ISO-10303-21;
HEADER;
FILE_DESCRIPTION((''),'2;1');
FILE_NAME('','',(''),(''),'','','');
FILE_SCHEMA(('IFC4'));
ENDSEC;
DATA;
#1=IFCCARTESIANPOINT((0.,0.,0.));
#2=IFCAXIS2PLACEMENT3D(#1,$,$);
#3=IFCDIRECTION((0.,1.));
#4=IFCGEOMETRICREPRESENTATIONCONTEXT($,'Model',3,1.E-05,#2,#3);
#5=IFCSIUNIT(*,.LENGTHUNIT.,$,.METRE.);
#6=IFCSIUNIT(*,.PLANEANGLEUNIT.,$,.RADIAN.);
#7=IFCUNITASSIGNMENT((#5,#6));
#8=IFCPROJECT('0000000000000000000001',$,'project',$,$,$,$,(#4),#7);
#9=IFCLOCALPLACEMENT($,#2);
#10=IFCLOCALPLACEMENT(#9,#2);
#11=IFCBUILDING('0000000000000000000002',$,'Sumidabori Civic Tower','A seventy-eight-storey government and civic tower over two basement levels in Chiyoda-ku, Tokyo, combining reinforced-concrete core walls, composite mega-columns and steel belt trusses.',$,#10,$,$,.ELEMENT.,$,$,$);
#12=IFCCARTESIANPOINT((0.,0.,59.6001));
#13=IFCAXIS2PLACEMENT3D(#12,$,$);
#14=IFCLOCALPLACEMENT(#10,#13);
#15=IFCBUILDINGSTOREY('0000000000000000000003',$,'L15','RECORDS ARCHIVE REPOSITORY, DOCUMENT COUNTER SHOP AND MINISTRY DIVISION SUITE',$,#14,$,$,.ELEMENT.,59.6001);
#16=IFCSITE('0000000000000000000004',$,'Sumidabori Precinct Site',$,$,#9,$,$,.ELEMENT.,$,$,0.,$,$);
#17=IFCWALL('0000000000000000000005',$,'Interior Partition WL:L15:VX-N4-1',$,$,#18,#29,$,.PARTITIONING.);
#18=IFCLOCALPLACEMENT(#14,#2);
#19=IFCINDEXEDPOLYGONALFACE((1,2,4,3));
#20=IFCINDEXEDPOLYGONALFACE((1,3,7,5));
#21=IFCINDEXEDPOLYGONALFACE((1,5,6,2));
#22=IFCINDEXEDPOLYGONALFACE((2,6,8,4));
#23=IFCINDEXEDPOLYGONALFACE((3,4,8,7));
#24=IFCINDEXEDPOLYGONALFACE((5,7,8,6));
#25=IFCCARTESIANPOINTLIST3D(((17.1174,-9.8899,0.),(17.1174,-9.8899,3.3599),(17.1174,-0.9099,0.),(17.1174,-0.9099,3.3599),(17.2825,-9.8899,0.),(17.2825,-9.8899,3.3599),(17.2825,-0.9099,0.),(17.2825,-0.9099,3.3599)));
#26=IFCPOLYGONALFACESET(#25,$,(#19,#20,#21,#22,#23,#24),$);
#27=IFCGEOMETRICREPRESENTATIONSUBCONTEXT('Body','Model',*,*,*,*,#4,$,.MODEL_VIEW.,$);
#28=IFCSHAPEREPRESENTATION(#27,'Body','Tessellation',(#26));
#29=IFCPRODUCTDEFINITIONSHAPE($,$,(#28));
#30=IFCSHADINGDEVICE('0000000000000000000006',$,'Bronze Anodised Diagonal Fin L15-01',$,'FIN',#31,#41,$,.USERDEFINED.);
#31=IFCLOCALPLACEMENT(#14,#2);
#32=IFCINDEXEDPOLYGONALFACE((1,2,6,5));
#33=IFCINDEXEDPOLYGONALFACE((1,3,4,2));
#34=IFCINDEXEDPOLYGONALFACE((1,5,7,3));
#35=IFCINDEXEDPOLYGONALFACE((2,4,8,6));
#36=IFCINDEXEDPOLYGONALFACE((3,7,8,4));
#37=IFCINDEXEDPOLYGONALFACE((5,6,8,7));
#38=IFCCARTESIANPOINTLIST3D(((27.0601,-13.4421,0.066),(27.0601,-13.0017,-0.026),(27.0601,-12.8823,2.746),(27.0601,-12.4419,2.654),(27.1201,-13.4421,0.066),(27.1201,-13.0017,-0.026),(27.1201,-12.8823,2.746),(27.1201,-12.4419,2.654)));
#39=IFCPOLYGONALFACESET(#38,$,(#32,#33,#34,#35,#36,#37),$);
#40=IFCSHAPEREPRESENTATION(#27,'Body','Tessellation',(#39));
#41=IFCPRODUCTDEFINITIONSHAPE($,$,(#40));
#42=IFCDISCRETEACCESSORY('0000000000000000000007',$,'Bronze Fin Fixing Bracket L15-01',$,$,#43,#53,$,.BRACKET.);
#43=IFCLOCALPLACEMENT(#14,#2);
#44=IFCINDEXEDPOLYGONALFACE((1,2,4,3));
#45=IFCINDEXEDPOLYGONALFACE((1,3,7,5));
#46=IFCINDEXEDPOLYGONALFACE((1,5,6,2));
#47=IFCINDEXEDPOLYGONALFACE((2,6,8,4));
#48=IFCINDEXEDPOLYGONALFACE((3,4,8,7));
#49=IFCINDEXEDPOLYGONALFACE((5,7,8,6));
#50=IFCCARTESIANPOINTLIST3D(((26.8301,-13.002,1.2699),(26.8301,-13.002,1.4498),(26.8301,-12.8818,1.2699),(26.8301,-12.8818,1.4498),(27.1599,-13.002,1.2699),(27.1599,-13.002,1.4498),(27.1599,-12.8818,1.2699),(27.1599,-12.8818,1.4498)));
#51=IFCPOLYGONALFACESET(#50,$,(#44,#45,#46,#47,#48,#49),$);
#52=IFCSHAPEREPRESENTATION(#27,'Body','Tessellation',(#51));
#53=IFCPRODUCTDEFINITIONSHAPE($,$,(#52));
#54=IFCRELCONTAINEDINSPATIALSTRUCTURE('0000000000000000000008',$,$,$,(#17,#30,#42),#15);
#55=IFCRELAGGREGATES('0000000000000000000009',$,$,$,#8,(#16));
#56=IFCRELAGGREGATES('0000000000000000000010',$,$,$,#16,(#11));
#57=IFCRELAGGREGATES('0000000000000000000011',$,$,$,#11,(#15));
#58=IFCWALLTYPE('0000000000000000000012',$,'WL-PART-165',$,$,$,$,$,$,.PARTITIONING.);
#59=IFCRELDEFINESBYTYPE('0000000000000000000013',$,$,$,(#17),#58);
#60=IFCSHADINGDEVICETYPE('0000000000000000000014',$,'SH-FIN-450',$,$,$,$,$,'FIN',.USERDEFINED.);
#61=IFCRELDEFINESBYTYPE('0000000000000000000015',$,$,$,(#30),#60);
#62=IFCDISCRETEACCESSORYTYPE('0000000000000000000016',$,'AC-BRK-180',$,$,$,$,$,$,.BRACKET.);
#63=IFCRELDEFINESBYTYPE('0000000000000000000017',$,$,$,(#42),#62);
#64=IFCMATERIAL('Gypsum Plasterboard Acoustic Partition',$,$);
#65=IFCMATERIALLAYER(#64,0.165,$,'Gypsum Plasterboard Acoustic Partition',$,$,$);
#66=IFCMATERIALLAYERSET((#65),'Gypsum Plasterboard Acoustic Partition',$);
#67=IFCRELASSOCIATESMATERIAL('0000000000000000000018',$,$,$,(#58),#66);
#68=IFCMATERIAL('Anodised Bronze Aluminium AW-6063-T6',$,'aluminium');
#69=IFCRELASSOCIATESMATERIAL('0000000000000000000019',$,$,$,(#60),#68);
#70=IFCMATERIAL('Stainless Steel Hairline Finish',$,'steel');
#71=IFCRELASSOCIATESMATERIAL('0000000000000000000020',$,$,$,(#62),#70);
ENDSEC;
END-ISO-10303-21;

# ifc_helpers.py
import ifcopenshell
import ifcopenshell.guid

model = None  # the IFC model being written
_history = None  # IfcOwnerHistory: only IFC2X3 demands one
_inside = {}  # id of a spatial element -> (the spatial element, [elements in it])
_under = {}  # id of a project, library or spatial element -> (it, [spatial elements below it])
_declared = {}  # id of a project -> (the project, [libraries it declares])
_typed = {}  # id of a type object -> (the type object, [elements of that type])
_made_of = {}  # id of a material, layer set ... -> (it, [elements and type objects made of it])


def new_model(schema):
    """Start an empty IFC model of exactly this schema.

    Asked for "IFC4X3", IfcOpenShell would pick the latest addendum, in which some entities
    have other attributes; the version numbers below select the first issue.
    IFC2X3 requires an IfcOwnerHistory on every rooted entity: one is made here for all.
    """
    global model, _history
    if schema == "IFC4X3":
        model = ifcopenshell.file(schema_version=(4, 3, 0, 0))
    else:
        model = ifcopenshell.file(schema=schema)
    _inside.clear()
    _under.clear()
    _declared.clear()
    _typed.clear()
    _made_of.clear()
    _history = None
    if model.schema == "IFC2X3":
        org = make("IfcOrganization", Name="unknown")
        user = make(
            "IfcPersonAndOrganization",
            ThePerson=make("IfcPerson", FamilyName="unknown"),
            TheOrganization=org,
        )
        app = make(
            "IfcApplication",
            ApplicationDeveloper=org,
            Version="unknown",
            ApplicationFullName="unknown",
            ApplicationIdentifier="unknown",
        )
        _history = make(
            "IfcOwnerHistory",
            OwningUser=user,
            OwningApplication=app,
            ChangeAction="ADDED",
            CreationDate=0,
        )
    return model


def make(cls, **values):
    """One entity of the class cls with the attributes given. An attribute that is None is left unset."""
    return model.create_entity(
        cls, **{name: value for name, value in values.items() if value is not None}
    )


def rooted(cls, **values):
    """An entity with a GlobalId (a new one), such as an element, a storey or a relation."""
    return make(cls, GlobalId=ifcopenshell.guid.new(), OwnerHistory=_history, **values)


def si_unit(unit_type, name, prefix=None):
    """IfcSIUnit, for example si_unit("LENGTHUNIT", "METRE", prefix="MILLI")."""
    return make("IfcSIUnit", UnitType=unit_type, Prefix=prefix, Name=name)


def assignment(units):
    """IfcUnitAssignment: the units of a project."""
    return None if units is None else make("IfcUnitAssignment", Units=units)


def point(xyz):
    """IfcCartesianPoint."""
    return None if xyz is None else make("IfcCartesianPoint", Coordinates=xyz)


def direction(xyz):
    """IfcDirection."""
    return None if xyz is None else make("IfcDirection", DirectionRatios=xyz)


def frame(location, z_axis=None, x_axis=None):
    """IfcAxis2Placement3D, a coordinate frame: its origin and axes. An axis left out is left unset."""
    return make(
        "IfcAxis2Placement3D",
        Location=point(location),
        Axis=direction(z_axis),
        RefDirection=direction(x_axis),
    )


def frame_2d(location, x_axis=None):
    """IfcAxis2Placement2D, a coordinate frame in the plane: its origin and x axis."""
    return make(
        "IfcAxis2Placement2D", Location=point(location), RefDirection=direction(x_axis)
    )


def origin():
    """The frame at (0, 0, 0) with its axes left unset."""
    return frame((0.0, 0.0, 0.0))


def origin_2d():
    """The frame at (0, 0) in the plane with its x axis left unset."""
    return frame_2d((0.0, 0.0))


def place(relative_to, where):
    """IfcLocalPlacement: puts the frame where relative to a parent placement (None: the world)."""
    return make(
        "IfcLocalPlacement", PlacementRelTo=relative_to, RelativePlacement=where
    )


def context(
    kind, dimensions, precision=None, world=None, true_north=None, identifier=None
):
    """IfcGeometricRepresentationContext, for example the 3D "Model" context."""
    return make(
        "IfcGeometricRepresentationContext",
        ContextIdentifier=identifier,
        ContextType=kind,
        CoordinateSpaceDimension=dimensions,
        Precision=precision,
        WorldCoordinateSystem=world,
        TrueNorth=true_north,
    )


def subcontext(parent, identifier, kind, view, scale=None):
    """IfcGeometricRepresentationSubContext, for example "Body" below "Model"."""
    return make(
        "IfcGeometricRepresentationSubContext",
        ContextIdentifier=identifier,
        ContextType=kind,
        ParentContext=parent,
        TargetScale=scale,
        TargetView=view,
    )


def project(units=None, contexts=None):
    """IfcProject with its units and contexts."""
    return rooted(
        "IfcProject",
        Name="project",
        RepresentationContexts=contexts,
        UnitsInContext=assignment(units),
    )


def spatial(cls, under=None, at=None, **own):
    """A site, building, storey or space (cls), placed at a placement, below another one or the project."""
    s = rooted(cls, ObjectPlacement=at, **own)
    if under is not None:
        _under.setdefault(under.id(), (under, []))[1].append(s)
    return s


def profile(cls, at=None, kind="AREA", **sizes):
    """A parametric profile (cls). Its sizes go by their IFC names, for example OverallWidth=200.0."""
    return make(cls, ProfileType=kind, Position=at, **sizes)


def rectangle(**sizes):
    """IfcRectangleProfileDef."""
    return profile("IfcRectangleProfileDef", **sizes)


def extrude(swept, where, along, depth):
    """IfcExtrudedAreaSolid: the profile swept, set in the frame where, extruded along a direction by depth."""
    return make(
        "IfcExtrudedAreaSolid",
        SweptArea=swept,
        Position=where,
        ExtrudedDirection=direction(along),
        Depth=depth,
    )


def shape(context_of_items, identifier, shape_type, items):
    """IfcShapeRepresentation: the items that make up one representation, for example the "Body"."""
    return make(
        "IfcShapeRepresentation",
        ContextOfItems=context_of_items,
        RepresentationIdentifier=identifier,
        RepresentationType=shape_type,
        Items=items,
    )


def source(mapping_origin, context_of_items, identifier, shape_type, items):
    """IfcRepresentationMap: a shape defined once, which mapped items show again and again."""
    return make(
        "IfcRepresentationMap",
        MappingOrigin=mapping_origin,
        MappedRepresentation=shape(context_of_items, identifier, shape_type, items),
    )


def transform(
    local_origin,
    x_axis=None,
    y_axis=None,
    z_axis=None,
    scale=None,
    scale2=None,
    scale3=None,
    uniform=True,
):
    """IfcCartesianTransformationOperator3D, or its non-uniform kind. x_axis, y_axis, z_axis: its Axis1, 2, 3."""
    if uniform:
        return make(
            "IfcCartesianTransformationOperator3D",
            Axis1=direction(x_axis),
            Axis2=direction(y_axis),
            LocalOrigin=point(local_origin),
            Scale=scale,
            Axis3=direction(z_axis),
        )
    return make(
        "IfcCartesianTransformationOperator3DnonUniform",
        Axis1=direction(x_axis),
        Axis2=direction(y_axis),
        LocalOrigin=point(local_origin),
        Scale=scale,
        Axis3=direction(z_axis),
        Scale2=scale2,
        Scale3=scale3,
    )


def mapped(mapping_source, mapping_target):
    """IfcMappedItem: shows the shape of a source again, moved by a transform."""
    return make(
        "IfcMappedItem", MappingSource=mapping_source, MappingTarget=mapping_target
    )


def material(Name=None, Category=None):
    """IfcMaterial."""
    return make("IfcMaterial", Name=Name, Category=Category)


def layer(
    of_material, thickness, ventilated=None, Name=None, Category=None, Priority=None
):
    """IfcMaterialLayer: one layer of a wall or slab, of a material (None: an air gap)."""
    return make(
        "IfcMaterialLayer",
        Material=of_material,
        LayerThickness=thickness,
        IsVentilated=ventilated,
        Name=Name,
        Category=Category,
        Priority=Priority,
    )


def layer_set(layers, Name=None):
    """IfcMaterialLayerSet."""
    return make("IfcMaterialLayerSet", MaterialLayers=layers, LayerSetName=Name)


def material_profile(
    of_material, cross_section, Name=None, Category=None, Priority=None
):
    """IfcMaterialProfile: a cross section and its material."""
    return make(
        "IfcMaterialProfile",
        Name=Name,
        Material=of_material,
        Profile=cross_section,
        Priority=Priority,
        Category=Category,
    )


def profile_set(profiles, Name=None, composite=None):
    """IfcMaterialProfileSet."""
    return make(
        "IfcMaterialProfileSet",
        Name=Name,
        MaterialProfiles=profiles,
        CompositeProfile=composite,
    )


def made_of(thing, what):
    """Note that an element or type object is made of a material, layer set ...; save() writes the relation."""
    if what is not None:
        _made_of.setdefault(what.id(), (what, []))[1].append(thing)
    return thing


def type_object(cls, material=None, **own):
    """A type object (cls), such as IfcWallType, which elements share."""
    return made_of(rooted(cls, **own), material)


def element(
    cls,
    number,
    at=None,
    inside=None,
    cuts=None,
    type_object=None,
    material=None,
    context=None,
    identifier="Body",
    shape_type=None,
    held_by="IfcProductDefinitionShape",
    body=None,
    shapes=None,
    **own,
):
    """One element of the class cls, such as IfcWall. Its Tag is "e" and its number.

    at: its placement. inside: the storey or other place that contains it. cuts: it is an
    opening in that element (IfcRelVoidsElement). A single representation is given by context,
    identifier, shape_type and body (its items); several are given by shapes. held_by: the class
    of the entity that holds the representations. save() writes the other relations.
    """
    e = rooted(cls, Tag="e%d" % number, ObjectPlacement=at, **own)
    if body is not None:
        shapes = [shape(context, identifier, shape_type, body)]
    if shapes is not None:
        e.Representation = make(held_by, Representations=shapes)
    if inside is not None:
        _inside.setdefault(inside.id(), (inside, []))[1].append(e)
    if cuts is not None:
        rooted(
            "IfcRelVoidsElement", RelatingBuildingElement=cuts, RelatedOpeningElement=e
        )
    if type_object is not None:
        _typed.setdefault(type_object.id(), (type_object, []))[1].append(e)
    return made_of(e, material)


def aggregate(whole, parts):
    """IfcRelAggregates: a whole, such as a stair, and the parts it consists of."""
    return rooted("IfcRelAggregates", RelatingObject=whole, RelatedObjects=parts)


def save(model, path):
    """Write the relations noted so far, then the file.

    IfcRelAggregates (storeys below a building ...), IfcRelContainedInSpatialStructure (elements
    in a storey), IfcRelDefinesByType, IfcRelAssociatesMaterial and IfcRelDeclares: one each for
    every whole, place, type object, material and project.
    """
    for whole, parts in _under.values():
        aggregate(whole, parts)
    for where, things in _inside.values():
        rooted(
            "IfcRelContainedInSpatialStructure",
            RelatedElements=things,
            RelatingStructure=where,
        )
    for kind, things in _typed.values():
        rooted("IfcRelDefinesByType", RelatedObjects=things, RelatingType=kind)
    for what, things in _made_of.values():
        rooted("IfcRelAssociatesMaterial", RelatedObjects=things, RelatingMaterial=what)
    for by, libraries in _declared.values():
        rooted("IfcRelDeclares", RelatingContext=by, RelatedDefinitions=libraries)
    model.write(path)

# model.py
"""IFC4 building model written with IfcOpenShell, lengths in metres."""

from ifc_helpers import new_model, si_unit, direction, frame, frame_2d, origin, origin_2d, place, context, subcontext, project, spatial, rectangle, extrude, source, transform, mapped, material, layer, layer_set, material_profile, profile_set, type_object, element, save


model = new_model("IFC4")

# Units and contexts
model_context = context("Model", 3, precision=1e-05, world=origin(), true_north=direction((0.0, 1.0)))
body_context = subcontext(model_context, "Body", "Model", "MODEL_VIEW")
ifc_project = project(units=[si_unit("LENGTHUNIT", "METRE"), si_unit("PLANEANGLEUNIT", "RADIAN")], contexts=[model_context])

# Site, building, storey
site_placement = place(None, origin())
site = spatial("IfcSite", under=ifc_project, at=site_placement, Name="Sumidabori Precinct Site", CompositionType="ELEMENT", RefElevation=0.0)
building_placement = place(site_placement, origin())
building = spatial("IfcBuilding", under=site, at=building_placement, Name="Sumidabori Civic Tower", Description="A seventy-eight-storey government and civic tower over two basement levels in Chiyoda-ku, Tokyo, combining reinforced-concrete core walls, composite mega-columns and steel belt trusses.", CompositionType="ELEMENT")
storey_placement = place(building_placement, frame((0.0, 0.0, 59.6001)))
storey = spatial("IfcBuildingStorey", under=building, at=storey_placement, Name="L15", Description="RECORDS ARCHIVE REPOSITORY, DOCUMENT COUNTER SHOP AND MINISTRY DIVISION SUITE", CompositionType="ELEMENT", Elevation=59.6001)

# Shared definitions
ifc_material_1 = material(Name="Anodised Bronze Aluminium AW-6063-T6", Category="aluminium")

# Shared definitions
ifc_material_2 = material(Name="Gypsum Plasterboard Acoustic Partition")
ifc_layer_1 = layer(ifc_material_2, 0.165, Name="Gypsum Plasterboard Acoustic Partition")
ifc_layer_set_1 = layer_set([ifc_layer_1], Name="Gypsum Plasterboard Acoustic Partition")
wall_type = type_object("IfcWallType", Name="WL-PART-165", PredefinedType="PARTITIONING", material=ifc_layer_set_1)

# Wall
shared_shape_1 = source(origin(), body_context, "Body", "SweptSolid", [
    extrude(rectangle(XDim=8.98, YDim=0.165, at=frame_2d((4.49, 0.0))), origin(), (0.0, 0.0, 1.0), 3.3599),
])
wall_1_placement = place(storey_placement, frame((17.2, -9.8899, 0.0), z_axis=(0.0, 0.0, 1.0), x_axis=(0.0, 1.0, 0.0)))
element("IfcWall", 1, at=wall_1_placement, inside=storey, type_object=wall_type, Name="Interior Partition WL:L15:VX-N4-1", PredefinedType="PARTITIONING", context=body_context, shape_type="MappedRepresentation", body=[
    mapped(shared_shape_1, transform((0.0, 0.0, 0.0), x_axis=(1.0, 0.0, 0.0), y_axis=(0.0, 1.0, 0.0), z_axis=(0.0, 0.0, 1.0), scale=1.0)),
])

# Shading device
ifc_material_profile_1 = material_profile(ifc_material_1, rectangle(XDim=0.0601, YDim=0.45, at=origin_2d()), Name="BRONZE FIN 450x60")
ifc_profile_set_1 = profile_set([ifc_material_profile_1], Name="Anodised Bronze Aluminium AW-6063-T6")
shading_device_type = type_object("IfcShadingDeviceType", Name="SH-FIN-450", ElementType="FIN", PredefinedType="USERDEFINED", material=ifc_profile_set_1)
shared_shape_2 = source(origin(), body_context, "Body", "SweptSolid", [
    extrude(rectangle(XDim=0.0601, YDim=0.45, at=origin_2d()), origin(), (0.0, 0.0, 1.0), 2.7378),
])
shading_device_placement = place(storey_placement, frame((27.0901, -13.2219, 0.02), z_axis=(0.0, 0.204478, 0.978871), x_axis=(-1.0, 0.0, 0.0)))
element("IfcShadingDevice", 2, at=shading_device_placement, inside=storey, type_object=shading_device_type, Name="Bronze Anodised Diagonal Fin L15-01", ObjectType="FIN", PredefinedType="USERDEFINED", context=body_context, shape_type="MappedRepresentation", body=[
    mapped(shared_shape_2, transform((0.0, 0.0, 0.0), x_axis=(1.0, 0.0, 0.0), y_axis=(0.0, 1.0, 0.0), z_axis=(0.0, 0.0, 1.0), scale=1.0)),
])

# Discrete accessory
ifc_material_3 = material(Name="Stainless Steel Hairline Finish", Category="steel")
ifc_material_profile_2 = material_profile(ifc_material_3, rectangle(XDim=0.1201, YDim=0.1799, at=origin_2d()), Name="STEEL BRACKET 180x120")
ifc_profile_set_2 = profile_set([ifc_material_profile_2], Name="Stainless Steel Hairline Finish")
discrete_accessory_type = type_object("IfcDiscreteAccessoryType", Name="AC-BRK-180", PredefinedType="BRACKET", material=ifc_profile_set_2)
shared_shape_3 = source(origin(), body_context, "Body", "SweptSolid", [
    extrude(rectangle(XDim=0.1201, YDim=0.1799, at=origin_2d()), origin(), (0.0, 0.0, 1.0), 0.3298),
])
discrete_accessory_placement = place(storey_placement, frame((26.8301, -12.9419, 1.3599), z_axis=(1.0, 0.0, 0.0), x_axis=(0.0, 1.0, 0.0)))
element("IfcDiscreteAccessory", 3, at=discrete_accessory_placement, inside=storey, type_object=discrete_accessory_type, Name="Bronze Fin Fixing Bracket L15-01", PredefinedType="BRACKET", context=body_context, shape_type="MappedRepresentation", body=[
    mapped(shared_shape_3, transform((0.0, 0.0, 0.0), x_axis=(1.0, 0.0, 0.0), y_axis=(0.0, 1.0, 0.0), z_axis=(0.0, 0.0, 1.0), scale=1.0)),
])

save(model, "model.ifc")
